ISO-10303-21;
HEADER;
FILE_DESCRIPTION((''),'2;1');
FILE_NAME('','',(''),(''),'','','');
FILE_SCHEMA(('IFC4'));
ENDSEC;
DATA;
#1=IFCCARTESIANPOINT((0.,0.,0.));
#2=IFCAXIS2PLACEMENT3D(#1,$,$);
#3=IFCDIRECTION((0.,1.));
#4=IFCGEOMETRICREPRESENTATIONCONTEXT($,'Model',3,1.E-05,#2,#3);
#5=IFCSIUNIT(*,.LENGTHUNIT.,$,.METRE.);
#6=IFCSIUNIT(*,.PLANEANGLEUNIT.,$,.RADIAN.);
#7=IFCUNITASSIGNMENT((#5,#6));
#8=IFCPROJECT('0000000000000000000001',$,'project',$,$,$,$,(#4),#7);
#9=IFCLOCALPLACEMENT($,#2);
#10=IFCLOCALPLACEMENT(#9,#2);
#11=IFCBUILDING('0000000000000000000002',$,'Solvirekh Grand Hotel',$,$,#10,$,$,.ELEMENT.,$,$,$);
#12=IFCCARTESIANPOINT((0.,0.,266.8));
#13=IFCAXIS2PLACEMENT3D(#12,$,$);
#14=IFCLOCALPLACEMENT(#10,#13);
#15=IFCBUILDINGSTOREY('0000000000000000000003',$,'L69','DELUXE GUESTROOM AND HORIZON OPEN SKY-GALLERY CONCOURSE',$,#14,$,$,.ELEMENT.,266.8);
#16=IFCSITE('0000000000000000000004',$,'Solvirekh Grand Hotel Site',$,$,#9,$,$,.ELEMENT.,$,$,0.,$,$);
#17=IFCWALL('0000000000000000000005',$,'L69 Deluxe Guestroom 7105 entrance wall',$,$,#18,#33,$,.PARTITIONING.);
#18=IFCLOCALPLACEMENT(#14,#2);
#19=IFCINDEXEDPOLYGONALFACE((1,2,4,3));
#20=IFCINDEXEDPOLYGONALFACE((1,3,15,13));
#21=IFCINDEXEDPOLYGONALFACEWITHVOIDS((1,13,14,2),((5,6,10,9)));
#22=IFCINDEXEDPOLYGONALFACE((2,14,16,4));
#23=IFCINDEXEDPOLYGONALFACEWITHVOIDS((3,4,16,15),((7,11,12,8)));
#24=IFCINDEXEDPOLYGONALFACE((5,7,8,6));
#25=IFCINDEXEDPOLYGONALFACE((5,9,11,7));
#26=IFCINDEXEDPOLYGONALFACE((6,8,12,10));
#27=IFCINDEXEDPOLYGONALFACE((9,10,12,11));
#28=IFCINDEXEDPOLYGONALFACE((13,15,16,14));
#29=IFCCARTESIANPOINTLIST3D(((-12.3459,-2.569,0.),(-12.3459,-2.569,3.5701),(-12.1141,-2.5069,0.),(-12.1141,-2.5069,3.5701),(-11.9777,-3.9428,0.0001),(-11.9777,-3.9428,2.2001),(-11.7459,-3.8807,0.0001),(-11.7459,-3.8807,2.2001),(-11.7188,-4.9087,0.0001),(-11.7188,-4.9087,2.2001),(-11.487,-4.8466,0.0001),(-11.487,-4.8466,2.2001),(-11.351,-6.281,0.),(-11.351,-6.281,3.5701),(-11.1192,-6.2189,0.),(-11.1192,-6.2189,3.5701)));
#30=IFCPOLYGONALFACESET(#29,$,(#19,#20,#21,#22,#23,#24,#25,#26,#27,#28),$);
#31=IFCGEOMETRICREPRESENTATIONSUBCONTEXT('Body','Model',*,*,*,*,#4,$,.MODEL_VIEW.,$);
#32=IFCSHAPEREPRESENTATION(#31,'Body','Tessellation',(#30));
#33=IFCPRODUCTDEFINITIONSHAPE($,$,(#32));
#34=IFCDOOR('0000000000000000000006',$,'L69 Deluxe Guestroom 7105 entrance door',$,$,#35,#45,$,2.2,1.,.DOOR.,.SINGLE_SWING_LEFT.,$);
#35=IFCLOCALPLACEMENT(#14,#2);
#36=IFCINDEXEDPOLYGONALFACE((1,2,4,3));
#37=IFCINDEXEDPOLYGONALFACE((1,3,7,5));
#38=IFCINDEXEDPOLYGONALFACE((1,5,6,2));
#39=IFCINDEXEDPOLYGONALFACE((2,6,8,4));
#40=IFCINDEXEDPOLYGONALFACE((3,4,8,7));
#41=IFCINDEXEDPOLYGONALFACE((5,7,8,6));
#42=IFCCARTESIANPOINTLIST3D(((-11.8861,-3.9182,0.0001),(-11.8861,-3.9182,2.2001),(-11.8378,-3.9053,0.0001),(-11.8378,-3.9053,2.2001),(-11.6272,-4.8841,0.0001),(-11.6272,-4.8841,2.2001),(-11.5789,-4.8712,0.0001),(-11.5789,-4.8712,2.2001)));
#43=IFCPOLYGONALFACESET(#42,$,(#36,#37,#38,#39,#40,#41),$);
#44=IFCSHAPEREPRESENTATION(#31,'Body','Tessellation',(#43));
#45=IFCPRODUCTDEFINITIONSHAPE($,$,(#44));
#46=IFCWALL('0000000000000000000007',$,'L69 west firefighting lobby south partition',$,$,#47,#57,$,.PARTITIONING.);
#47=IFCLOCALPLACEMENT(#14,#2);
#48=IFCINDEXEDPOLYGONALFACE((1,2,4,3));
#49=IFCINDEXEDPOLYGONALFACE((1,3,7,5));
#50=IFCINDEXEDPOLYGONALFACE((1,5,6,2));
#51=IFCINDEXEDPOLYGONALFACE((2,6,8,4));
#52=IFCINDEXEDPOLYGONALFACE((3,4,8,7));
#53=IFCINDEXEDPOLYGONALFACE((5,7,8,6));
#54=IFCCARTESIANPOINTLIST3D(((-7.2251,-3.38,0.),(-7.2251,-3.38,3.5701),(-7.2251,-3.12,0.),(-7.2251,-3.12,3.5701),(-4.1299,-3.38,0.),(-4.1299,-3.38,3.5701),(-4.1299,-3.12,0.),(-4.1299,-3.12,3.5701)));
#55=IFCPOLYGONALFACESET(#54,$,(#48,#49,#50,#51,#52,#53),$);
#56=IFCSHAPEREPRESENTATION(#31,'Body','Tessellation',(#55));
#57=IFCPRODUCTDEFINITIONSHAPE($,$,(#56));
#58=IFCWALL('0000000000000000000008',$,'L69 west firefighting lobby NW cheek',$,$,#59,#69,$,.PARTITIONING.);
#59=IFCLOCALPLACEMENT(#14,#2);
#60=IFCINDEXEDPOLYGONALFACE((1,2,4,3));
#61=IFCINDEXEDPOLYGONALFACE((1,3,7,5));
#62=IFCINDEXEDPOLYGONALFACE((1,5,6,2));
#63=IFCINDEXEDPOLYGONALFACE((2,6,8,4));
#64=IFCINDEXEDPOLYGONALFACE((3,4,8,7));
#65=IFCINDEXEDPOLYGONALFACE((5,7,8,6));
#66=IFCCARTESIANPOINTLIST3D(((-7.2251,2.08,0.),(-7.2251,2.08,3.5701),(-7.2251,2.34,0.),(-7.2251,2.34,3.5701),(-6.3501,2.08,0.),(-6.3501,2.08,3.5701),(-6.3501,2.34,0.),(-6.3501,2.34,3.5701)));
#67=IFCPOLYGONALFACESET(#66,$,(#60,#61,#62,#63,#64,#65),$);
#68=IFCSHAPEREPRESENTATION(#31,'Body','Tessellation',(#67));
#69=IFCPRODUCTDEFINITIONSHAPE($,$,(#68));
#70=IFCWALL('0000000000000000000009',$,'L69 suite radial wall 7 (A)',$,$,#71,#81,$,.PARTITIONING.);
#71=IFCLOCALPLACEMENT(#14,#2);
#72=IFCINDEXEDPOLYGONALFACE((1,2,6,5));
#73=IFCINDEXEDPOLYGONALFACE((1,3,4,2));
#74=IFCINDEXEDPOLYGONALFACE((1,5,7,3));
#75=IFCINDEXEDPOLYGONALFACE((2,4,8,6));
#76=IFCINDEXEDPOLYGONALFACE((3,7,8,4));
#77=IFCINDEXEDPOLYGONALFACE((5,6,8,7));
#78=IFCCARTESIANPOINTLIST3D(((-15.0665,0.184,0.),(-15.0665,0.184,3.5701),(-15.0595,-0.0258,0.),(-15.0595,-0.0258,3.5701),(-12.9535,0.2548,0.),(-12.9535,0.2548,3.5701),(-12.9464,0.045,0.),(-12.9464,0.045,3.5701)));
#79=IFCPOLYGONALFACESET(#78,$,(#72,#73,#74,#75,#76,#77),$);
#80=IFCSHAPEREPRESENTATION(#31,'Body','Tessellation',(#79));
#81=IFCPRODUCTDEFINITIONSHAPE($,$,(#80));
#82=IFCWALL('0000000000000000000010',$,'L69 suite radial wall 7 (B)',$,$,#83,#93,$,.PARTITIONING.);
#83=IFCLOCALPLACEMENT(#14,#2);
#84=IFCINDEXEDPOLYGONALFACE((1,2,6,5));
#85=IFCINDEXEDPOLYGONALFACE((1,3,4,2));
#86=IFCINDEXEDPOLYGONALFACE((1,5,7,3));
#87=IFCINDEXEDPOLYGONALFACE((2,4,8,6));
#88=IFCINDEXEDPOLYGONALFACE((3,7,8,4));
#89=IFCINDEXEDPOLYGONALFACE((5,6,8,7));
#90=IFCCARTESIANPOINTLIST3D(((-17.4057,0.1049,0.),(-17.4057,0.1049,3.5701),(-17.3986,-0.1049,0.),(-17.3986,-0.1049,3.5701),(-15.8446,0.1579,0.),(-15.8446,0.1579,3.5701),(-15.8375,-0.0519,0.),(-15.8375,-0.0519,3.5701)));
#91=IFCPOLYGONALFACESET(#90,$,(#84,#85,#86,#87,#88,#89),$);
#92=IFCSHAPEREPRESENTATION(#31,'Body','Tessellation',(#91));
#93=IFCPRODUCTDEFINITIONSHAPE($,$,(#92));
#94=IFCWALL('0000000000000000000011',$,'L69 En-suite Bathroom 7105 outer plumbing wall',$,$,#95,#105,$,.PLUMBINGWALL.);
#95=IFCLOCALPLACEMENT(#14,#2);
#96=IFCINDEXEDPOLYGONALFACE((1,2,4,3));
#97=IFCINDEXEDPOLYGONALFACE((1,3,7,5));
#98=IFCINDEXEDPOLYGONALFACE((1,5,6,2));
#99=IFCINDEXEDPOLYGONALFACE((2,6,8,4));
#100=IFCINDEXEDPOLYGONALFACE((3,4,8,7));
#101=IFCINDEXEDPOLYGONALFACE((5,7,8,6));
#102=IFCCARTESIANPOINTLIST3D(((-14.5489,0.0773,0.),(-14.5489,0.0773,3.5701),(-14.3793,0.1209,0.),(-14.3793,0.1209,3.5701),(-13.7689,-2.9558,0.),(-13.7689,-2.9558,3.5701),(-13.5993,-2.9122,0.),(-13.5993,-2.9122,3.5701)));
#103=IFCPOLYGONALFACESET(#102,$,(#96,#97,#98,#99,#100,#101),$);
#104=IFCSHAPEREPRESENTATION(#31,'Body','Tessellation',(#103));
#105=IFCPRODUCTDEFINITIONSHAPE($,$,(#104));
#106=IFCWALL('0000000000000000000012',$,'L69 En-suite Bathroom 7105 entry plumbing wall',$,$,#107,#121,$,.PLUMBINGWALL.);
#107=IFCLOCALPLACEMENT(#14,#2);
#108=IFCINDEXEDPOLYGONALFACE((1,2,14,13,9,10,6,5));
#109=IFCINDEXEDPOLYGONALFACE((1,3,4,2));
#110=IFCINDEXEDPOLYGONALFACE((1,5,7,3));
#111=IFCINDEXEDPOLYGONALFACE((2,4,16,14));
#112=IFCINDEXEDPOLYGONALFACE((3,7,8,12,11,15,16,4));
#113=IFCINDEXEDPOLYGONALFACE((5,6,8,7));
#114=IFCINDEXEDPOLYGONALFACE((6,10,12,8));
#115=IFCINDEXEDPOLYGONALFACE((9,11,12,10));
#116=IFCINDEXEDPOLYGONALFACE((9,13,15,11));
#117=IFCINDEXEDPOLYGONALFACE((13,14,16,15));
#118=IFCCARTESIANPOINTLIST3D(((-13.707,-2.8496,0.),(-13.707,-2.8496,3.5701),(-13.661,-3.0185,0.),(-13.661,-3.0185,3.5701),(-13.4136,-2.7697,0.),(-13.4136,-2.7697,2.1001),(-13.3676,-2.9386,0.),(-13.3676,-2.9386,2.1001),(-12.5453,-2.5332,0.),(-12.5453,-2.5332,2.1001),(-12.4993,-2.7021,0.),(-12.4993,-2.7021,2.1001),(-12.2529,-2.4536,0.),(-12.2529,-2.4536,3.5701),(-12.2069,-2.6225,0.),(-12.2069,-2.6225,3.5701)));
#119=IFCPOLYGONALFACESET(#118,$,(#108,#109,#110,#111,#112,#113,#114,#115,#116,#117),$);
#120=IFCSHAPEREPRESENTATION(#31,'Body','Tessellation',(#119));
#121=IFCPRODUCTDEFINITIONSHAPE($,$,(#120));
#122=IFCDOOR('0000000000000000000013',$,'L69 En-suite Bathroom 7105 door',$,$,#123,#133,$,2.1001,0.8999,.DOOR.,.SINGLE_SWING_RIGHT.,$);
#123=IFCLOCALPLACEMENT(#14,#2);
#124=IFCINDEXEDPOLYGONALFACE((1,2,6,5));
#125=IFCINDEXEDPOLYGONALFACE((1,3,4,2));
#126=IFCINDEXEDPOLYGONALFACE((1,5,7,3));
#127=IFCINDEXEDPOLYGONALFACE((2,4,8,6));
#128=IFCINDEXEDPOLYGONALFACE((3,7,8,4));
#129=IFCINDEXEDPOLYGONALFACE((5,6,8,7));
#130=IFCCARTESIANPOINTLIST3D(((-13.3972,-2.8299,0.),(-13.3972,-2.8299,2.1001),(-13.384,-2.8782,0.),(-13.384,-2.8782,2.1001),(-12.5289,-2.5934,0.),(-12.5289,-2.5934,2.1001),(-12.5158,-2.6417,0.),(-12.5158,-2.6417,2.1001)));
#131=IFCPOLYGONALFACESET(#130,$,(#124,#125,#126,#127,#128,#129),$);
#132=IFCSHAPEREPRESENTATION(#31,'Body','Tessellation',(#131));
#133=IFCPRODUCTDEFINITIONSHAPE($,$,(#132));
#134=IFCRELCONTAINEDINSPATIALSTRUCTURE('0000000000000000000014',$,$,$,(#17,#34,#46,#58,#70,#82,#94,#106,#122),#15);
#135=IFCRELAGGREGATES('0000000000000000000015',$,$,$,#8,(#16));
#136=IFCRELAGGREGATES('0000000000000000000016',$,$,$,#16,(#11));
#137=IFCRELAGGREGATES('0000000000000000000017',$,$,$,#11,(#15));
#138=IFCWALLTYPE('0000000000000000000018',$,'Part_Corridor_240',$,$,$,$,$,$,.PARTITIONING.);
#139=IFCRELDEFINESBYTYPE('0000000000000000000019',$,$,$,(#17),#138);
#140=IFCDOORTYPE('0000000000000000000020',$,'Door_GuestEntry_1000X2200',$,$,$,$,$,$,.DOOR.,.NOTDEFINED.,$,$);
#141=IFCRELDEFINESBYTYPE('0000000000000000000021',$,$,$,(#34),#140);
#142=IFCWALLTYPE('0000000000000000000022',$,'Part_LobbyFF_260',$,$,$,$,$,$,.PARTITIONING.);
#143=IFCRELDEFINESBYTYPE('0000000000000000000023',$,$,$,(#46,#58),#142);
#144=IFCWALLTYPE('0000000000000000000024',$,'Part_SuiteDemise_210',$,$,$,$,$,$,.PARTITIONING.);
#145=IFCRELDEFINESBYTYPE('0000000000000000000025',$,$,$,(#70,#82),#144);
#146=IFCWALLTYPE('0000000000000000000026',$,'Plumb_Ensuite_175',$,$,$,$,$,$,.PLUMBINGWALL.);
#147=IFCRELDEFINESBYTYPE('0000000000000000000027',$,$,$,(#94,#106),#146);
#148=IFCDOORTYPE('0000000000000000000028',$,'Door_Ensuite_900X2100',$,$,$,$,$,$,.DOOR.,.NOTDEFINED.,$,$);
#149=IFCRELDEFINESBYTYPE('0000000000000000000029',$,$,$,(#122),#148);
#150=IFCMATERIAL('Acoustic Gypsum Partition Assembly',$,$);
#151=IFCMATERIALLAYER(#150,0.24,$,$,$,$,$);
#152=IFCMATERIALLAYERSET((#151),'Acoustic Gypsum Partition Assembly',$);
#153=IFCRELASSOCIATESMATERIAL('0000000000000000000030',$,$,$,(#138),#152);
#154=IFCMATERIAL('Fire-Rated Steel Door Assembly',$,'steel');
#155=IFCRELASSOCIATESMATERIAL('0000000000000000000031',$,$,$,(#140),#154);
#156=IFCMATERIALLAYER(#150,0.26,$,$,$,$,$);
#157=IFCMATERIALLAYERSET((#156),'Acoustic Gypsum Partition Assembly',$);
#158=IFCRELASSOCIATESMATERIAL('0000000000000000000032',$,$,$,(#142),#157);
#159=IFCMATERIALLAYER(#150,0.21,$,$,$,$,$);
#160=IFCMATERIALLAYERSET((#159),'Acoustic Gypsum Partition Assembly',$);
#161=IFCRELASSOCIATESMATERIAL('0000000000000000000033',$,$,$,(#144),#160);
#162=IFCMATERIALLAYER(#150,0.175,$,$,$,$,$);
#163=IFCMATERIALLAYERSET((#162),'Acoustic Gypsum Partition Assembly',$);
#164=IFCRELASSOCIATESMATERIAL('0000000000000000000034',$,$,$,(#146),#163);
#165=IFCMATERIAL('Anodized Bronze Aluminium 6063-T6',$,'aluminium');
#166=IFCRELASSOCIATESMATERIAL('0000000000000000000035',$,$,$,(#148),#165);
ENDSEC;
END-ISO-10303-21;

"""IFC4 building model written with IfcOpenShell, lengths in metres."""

from ifc_helpers import new_model, si_unit, direction, frame, frame_2d, origin, place, context, subcontext, project, spatial, rectangle, extrude, material, layer, layer_set, type_object, element, fill, save


model = new_model("IFC4")

# Units and contexts
model_context = context("Model", 3, precision=1e-05, world=origin(), true_north=direction((0.0, 1.0)))
body_context = subcontext(model_context, "Body", "Model", "MODEL_VIEW")
ifc_project = project(units=[si_unit("LENGTHUNIT", "METRE"), si_unit("PLANEANGLEUNIT", "RADIAN")], contexts=[model_context])

# Site, building, storey
site_placement = place(None, origin())
site = spatial("IfcSite", under=ifc_project, at=site_placement, Name="Solvirekh Grand Hotel Site", CompositionType="ELEMENT", RefElevation=0.0)
building_placement = place(site_placement, origin())
building = spatial("IfcBuilding", under=site, at=building_placement, Name="Solvirekh Grand Hotel", CompositionType="ELEMENT")
storey_placement = place(building_placement, frame((0.0, 0.0, 266.8)))
storey = spatial("IfcBuildingStorey", under=building, at=storey_placement, Name="L69", Description="DELUXE GUESTROOM AND HORIZON OPEN SKY-GALLERY CONCOURSE", CompositionType="ELEMENT", Elevation=266.8)

# Shared definitions
ifc_material_1 = material(Name="Anodized Bronze Aluminium 6063-T6", Category="aluminium")
ifc_material_2 = material(Name="Acoustic Gypsum Partition Assembly")
ifc_layer_1 = layer(ifc_material_2, 0.24)
ifc_layer_set_1 = layer_set([ifc_layer_1], Name="Acoustic Gypsum Partition Assembly")
wall_type_1 = type_object("IfcWallType", Name="Part_Corridor_240", PredefinedType="PARTITIONING", material=ifc_layer_set_1)
ifc_material_3 = material(Name="Fire-Rated Steel Door Assembly", Category="steel")

# Wall, opening, door
wall_1_placement = place(storey_placement, frame((-12.23, -2.5381, 0.0), z_axis=(0.0, 0.0, 1.0), x_axis=(0.258884, -0.965908, 0.0)))
wall_1 = element("IfcWall", 1, at=wall_1_placement, inside=storey, type_object=wall_type_1, Name="L69 Deluxe Guestroom 7105 entrance wall", PredefinedType="PARTITIONING", context=body_context, shape_type="SweptSolid", body=[
    extrude(rectangle(XDim=3.843, YDim=0.24, at=frame_2d((1.9214, 0.0))), origin(), (0.0, 0.0, 1.0), 3.5701),
])
opening_1_placement = place(wall_1_placement, frame((1.4221, 0.0, 0.0)))
opening_1 = element("IfcOpeningElement", 2, at=opening_1_placement, cuts=wall_1, PredefinedType="OPENING", context=body_context, shape_type="SweptSolid", body=[
    extrude(rectangle(XDim=1.0, YDim=2.2, at=frame_2d((0.5, 1.1001))), frame((0.0, 0.1299, 0.0), z_axis=(0.0, -1.0, 0.0), x_axis=(1.0, 0.0, 0.0)), (0.0, 0.0, 1.0), 0.26),
])
door_type_1 = type_object("IfcDoorType", Name="Door_GuestEntry_1000X2200", OperationType="NOTDEFINED", PredefinedType="DOOR", material=ifc_material_3)
door_1_placement = place(opening_1_placement, origin())
door_1 = element("IfcDoor", 3, at=door_1_placement, inside=storey, type_object=door_type_1, Name="L69 Deluxe Guestroom 7105 entrance door", OperationType="SINGLE_SWING_LEFT", OverallHeight=2.2, OverallWidth=1.0, PredefinedType="DOOR", context=body_context, shape_type="SweptSolid", body=[
    extrude(rectangle(XDim=1.0, YDim=2.2, at=frame_2d((0.5, 1.1001))), frame((0.0, 0.0249, 0.0), z_axis=(0.0, -1.0, 0.0), x_axis=(1.0, 0.0, 0.0)), (0.0, 0.0, 1.0), 0.05),
])
fill(opening_1, door_1)

# Walls
ifc_layer_2 = layer(ifc_material_2, 0.26)
ifc_layer_set_2 = layer_set([ifc_layer_2], Name="Acoustic Gypsum Partition Assembly")
wall_type_2 = type_object("IfcWallType", Name="Part_LobbyFF_260", PredefinedType="PARTITIONING", material=ifc_layer_set_2)
wall_2_placement = place(storey_placement, frame((-7.2251, -3.25, 0.0), z_axis=(0.0, 0.0, 1.0), x_axis=(1.0, 0.0, 0.0)))
element("IfcWall", 4, at=wall_2_placement, inside=storey, type_object=wall_type_2, Name="L69 west firefighting lobby south partition", PredefinedType="PARTITIONING", context=body_context, shape_type="SweptSolid", body=[
    extrude(rectangle(XDim=3.0952, YDim=0.26, at=frame_2d((1.5476, 0.0))), origin(), (0.0, 0.0, 1.0), 3.5701),
])
wall_3_placement = place(storey_placement, frame((-7.2251, 2.21, 0.0), z_axis=(0.0, 0.0, 1.0), x_axis=(1.0, 0.0, 0.0)))
element("IfcWall", 5, at=wall_3_placement, inside=storey, type_object=wall_type_2, Name="L69 west firefighting lobby NW cheek", PredefinedType="PARTITIONING", context=body_context, shape_type="SweptSolid", body=[
    extrude(rectangle(XDim=0.875, YDim=0.26, at=frame_2d((0.4375, 0.0))), origin(), (0.0, 0.0, 1.0), 3.5701),
])
ifc_layer_3 = layer(ifc_material_2, 0.21)
ifc_layer_set_3 = layer_set([ifc_layer_3], Name="Acoustic Gypsum Partition Assembly")
wall_type_3 = type_object("IfcWallType", Name="Part_SuiteDemise_210", PredefinedType="PARTITIONING", material=ifc_layer_set_3)
wall_4_placement = place(storey_placement, frame((-12.95, 0.1499, 0.0), z_axis=(0.0, 0.0, 1.0), x_axis=(-0.999439, -0.033488, 0.0)))
element("IfcWall", 6, at=wall_4_placement, inside=storey, type_object=wall_type_3, Name="L69 suite radial wall 7 (A)", PredefinedType="PARTITIONING", context=body_context, shape_type="SweptSolid", body=[
    extrude(rectangle(XDim=2.1143, YDim=0.21, at=frame_2d((1.0571, 0.0))), origin(), (0.0, 0.0, 1.0), 3.5701),
])
wall_5_placement = place(storey_placement, frame((-15.8411, 0.053, 0.0), z_axis=(0.0, 0.0, 1.0), x_axis=(-0.999425, -0.033919, 0.0)))
element("IfcWall", 7, at=wall_5_placement, inside=storey, type_object=wall_type_3, Name="L69 suite radial wall 7 (B)", PredefinedType="PARTITIONING", context=body_context, shape_type="SweptSolid", body=[
    extrude(rectangle(XDim=1.562, YDim=0.21, at=frame_2d((0.781, 0.0))), origin(), (0.0, 0.0, 1.0), 3.5701),
])
ifc_layer_4 = layer(ifc_material_2, 0.175)
ifc_layer_set_4 = layer_set([ifc_layer_4], Name="Acoustic Gypsum Partition Assembly")
wall_type_4 = type_object("IfcWallType", Name="Plumb_Ensuite_175", PredefinedType="PLUMBINGWALL", material=ifc_layer_set_4)
wall_6_placement = place(storey_placement, frame((-14.4641, 0.0991, 0.0), z_axis=(0.0, 0.0, 1.0), x_axis=(0.24906, -0.968488, 0.0)))
element("IfcWall", 8, at=wall_6_placement, inside=storey, type_object=wall_type_4, Name="L69 En-suite Bathroom 7105 outer plumbing wall", PredefinedType="PLUMBINGWALL", context=body_context, shape_type="SweptSolid", body=[
    extrude(rectangle(XDim=3.1318, YDim=0.175, at=frame_2d((1.5659, 0.0))), origin(), (0.0, 0.0, 1.0), 3.5701),
])

# Wall, opening, door
wall_7_placement = place(storey_placement, frame((-12.23, -2.5381, 0.0), z_axis=(0.0, 0.0, 1.0), x_axis=(-0.964861, -0.262761, 0.0)))
wall_7 = element("IfcWall", 9, at=wall_7_placement, inside=storey, type_object=wall_type_4, Name="L69 En-suite Bathroom 7105 entry plumbing wall", PredefinedType="PLUMBINGWALL", context=body_context, shape_type="SweptSolid", body=[
    extrude(rectangle(XDim=1.5071, YDim=0.175, at=frame_2d((0.7534, 0.0))), origin(), (0.0, 0.0, 1.0), 3.5701),
])
opening_2_placement = place(wall_7_placement, frame((0.303, 0.0, 0.0)))
opening_2 = element("IfcOpeningElement", 10, at=opening_2_placement, cuts=wall_7, PredefinedType="OPENING", context=body_context, shape_type="SweptSolid", body=[
    extrude(rectangle(XDim=0.8999, YDim=2.1001, at=frame_2d((0.45, 1.05))), frame((0.0, 0.0977, 0.0), z_axis=(0.0, -1.0, 0.0), x_axis=(1.0, 0.0, 0.0)), (0.0, 0.0, 1.0), 0.1951),
])
door_type_2 = type_object("IfcDoorType", Name="Door_Ensuite_900X2100", OperationType="NOTDEFINED", PredefinedType="DOOR", material=ifc_material_1)
door_2_placement = place(opening_2_placement, origin())
door_2 = element("IfcDoor", 11, at=door_2_placement, inside=storey, type_object=door_type_2, Name="L69 En-suite Bathroom 7105 door", OperationType="SINGLE_SWING_RIGHT", OverallHeight=2.1001, OverallWidth=0.8999, PredefinedType="DOOR", context=body_context, shape_type="SweptSolid", body=[
    extrude(rectangle(XDim=0.8999, YDim=2.1001, at=frame_2d((0.45, 1.05))), frame((0.0, 0.0249, 0.0), z_axis=(0.0, -1.0, 0.0), x_axis=(1.0, 0.0, 0.0)), (0.0, 0.0, 1.0), 0.05),
])
fill(opening_2, door_2)

save(model, "model.ifc")
